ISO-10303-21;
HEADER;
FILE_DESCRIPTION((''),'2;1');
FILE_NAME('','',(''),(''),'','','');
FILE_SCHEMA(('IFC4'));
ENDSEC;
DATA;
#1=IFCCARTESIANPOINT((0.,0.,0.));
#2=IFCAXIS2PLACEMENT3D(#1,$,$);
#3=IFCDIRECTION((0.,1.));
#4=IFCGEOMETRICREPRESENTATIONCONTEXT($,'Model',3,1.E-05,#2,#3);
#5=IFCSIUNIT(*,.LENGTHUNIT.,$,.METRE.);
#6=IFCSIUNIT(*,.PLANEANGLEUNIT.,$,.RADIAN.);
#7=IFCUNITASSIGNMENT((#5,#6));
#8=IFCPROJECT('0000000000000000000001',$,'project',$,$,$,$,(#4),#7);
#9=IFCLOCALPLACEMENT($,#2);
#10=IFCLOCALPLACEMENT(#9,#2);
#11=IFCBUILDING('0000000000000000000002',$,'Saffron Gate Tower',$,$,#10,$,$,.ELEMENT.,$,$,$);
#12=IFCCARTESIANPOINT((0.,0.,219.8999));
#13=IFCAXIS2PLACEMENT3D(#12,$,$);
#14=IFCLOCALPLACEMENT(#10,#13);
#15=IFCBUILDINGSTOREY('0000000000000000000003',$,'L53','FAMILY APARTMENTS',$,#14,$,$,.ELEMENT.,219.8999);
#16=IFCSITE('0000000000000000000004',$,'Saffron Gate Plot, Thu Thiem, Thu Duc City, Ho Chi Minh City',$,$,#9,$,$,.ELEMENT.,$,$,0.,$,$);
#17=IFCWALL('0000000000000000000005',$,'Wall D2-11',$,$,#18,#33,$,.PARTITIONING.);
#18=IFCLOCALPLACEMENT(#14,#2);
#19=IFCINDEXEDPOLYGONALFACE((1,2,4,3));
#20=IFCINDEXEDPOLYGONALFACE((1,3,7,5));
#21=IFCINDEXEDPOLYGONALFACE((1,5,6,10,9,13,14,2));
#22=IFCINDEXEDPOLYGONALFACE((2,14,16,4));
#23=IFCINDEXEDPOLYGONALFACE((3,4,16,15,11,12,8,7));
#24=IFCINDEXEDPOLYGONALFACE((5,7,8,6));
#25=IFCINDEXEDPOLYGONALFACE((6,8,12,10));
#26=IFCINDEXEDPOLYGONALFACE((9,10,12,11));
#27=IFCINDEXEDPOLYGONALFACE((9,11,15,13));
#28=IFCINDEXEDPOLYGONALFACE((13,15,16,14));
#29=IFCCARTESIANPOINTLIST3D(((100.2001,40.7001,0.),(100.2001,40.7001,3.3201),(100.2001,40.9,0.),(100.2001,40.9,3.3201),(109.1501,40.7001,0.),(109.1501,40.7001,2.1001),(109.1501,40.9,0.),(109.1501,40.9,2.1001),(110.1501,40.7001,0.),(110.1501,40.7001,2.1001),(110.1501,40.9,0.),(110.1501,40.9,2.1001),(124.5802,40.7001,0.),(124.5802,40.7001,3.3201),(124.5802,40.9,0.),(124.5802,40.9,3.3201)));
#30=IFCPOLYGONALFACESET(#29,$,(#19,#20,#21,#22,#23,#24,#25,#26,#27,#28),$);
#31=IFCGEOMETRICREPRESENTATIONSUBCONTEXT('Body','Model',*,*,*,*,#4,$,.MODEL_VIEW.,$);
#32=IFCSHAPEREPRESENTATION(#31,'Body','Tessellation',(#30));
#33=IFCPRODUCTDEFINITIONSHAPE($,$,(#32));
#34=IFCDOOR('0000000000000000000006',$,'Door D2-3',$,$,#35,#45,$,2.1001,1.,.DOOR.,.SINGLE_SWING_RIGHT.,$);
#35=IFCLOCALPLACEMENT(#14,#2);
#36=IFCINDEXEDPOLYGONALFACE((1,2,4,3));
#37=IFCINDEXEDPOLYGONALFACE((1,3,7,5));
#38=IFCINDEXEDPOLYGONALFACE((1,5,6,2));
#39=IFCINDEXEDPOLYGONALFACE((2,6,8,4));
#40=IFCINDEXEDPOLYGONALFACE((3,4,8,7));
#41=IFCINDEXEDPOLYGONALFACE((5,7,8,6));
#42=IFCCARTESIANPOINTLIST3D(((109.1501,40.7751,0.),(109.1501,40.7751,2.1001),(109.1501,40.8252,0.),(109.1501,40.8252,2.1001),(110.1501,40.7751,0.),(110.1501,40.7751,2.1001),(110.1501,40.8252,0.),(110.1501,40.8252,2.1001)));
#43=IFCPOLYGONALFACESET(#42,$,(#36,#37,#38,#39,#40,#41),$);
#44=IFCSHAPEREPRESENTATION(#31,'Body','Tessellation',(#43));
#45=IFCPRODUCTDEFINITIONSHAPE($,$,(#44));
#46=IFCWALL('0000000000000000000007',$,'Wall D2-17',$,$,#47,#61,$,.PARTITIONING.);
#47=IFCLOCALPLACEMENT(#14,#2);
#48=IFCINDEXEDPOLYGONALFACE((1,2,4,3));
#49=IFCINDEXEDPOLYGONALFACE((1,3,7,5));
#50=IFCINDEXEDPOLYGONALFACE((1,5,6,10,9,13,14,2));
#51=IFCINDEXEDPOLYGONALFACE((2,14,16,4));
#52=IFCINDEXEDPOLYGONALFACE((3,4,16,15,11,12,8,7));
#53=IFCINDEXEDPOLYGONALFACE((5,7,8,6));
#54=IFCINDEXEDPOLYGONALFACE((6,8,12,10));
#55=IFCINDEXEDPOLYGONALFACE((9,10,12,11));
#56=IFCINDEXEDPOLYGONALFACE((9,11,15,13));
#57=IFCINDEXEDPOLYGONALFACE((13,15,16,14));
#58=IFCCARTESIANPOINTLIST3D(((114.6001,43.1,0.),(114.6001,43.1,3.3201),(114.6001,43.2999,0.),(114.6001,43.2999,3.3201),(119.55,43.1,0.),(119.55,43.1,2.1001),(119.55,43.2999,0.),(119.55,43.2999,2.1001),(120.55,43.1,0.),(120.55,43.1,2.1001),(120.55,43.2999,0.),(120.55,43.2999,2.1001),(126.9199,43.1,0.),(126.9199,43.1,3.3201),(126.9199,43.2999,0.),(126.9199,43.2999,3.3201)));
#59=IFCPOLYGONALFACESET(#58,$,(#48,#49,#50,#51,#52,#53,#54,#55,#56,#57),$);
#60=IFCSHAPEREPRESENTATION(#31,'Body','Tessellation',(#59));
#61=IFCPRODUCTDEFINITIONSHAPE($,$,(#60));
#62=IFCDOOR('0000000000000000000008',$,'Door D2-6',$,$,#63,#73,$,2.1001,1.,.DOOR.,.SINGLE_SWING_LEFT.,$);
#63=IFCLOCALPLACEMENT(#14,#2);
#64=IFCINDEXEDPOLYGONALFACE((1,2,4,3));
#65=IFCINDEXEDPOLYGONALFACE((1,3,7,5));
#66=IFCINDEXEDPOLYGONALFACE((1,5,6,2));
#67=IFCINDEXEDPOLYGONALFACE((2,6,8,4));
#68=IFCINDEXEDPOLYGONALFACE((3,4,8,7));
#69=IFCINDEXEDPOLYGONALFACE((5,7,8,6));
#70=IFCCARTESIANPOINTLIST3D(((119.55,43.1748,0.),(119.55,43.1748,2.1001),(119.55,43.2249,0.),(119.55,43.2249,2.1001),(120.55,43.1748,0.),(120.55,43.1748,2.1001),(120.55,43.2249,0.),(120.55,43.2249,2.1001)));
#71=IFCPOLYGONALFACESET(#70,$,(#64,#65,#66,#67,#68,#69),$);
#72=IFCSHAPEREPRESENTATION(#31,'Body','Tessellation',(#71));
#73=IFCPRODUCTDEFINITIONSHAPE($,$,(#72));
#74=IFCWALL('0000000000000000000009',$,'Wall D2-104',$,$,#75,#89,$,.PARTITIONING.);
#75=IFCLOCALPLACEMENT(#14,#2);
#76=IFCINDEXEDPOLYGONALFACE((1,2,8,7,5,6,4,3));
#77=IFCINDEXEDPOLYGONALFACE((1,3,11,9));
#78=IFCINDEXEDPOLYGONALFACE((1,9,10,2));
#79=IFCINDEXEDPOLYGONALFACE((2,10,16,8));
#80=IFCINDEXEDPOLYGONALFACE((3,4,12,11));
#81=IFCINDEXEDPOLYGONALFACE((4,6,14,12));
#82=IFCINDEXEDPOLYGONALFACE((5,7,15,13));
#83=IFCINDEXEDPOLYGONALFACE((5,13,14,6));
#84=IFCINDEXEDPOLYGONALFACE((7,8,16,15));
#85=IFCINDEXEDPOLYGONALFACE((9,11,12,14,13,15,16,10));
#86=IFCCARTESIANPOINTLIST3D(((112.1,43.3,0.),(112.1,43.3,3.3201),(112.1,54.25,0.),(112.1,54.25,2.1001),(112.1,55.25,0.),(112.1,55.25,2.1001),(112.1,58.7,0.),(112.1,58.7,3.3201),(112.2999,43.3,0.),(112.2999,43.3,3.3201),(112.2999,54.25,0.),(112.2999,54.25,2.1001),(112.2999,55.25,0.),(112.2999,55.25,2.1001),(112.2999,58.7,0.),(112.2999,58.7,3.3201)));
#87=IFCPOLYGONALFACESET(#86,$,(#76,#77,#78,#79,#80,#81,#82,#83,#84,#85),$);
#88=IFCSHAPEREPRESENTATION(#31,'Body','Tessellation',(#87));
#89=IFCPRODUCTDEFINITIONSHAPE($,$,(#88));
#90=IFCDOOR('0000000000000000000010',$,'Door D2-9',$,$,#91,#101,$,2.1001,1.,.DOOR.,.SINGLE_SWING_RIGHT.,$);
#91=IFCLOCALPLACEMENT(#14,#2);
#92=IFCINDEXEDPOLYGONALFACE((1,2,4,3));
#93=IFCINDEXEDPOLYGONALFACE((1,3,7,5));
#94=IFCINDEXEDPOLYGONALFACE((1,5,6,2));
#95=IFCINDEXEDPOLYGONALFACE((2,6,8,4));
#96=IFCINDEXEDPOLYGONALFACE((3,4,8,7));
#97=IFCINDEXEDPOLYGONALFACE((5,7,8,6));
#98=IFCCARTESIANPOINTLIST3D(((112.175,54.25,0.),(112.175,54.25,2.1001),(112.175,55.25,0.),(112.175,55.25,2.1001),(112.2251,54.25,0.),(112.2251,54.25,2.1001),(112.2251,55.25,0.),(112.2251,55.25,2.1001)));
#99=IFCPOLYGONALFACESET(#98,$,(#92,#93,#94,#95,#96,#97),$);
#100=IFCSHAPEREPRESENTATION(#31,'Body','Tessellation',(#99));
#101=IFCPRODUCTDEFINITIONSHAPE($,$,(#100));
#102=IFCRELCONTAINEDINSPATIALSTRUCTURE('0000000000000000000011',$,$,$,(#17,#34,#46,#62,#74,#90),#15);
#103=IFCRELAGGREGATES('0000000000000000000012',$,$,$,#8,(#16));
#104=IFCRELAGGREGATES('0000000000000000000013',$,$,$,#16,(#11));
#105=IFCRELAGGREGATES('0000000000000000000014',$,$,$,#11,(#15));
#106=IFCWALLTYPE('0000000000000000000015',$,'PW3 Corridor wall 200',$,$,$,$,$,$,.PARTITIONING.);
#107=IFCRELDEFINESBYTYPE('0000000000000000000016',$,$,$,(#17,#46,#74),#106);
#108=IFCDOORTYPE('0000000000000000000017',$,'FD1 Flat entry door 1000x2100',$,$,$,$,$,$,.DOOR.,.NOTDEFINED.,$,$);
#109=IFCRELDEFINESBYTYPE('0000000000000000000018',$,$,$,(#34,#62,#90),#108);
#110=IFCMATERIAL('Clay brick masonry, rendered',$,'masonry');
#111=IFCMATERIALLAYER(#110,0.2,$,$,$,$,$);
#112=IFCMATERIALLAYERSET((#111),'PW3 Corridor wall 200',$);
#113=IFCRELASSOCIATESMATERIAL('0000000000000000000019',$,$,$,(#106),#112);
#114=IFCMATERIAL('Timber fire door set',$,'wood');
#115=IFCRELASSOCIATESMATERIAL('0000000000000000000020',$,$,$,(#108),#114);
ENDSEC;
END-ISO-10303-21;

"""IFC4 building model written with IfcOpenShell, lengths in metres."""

from ifc_helpers import new_model, si_unit, direction, frame, frame_2d, origin, place, context, subcontext, project, spatial, rectangle, extrude, material, layer, layer_set, type_object, element, fill, save


model = new_model("IFC4")

# Units and contexts
model_context = context("Model", 3, precision=1e-05, world=origin(), true_north=direction((0.0, 1.0)))
body_context = subcontext(model_context, "Body", "Model", "MODEL_VIEW")
ifc_project = project(units=[si_unit("LENGTHUNIT", "METRE"), si_unit("PLANEANGLEUNIT", "RADIAN")], contexts=[model_context])

# Site, building, storey
site_placement = place(None, origin())
site = spatial("IfcSite", under=ifc_project, at=site_placement, Name="Saffron Gate Plot, Thu Thiem, Thu Duc City, Ho Chi Minh City", CompositionType="ELEMENT", RefElevation=0.0)
building_placement = place(site_placement, origin())
building = spatial("IfcBuilding", under=site, at=building_placement, Name="Saffron Gate Tower", CompositionType="ELEMENT")
storey_placement = place(building_placement, frame((0.0, 0.0, 219.8999)))
storey = spatial("IfcBuildingStorey", under=building, at=storey_placement, Name="L53", Description="FAMILY APARTMENTS", CompositionType="ELEMENT", Elevation=219.8999)

# Walls, openings, doors
ifc_material_1 = material(Name="Clay brick masonry, rendered", Category="masonry")
ifc_layer_1 = layer(ifc_material_1, 0.2)
ifc_layer_set_1 = layer_set([ifc_layer_1], Name="PW3 Corridor wall 200")
wall_type_1 = type_object("IfcWallType", Name="PW3 Corridor wall 200", PredefinedType="PARTITIONING", material=ifc_layer_set_1)
wall_1_placement = place(storey_placement, frame((124.5801, 40.8, 0.0), z_axis=(0.0, 0.0, 1.0), x_axis=(-1.0, 0.0, 0.0)))
wall_1 = element("IfcWall", 1, at=wall_1_placement, inside=storey, type_object=wall_type_1, Name="Wall D2-11", PredefinedType="PARTITIONING", context=body_context, shape_type="SweptSolid", body=[
    extrude(rectangle(XDim=24.3801, YDim=0.2, at=frame_2d((12.1899, 0.0))), origin(), (0.0, 0.0, 1.0), 3.3201),
])
opening_1_placement = place(wall_1_placement, frame((14.4299, 0.0, 0.0)))
opening_1 = element("IfcOpeningElement", 2, at=opening_1_placement, cuts=wall_1, PredefinedType="OPENING", context=body_context, shape_type="SweptSolid", body=[
    extrude(rectangle(XDim=1.0, YDim=2.1001, at=frame_2d((0.5, 1.05))), frame((0.0, 0.1099, 0.0), z_axis=(0.0, -1.0, 0.0), x_axis=(1.0, 0.0, 0.0)), (0.0, 0.0, 1.0), 0.22),
])
ifc_material_2 = material(Name="Timber fire door set", Category="wood")
door_type_1 = type_object("IfcDoorType", Name="FD1 Flat entry door 1000x2100", OperationType="NOTDEFINED", PredefinedType="DOOR", material=ifc_material_2)
door_1_placement = place(opening_1_placement, origin())
door_1 = element("IfcDoor", 3, at=door_1_placement, inside=storey, type_object=door_type_1, Name="Door D2-3", OperationType="SINGLE_SWING_RIGHT", OverallHeight=2.1001, OverallWidth=1.0, PredefinedType="DOOR", context=body_context, shape_type="SweptSolid", body=[
    extrude(rectangle(XDim=1.0, YDim=2.1001, at=frame_2d((0.5, 1.05))), frame((0.0, 0.0249, 0.0), z_axis=(0.0, -1.0, 0.0), x_axis=(1.0, 0.0, 0.0)), (0.0, 0.0, 1.0), 0.05),
])
fill(opening_1, door_1)
wall_2_placement = place(storey_placement, frame((114.6001, 43.2, 0.0), z_axis=(0.0, 0.0, 1.0), x_axis=(1.0, 0.0, 0.0)))
wall_2 = element("IfcWall", 4, at=wall_2_placement, inside=storey, type_object=wall_type_1, Name="Wall D2-17", PredefinedType="PARTITIONING", context=body_context, shape_type="SweptSolid", body=[
    extrude(rectangle(XDim=12.3198, YDim=0.2, at=frame_2d((6.1599, 0.0))), origin(), (0.0, 0.0, 1.0), 3.3201),
])
opening_2_placement = place(wall_2_placement, frame((4.95, 0.0, 0.0)))
opening_2 = element("IfcOpeningElement", 5, at=opening_2_placement, cuts=wall_2, PredefinedType="OPENING", context=body_context, shape_type="SweptSolid", body=[
    extrude(rectangle(XDim=1.0, YDim=2.1001, at=frame_2d((0.5, 1.05))), frame((0.0, 0.1099, 0.0), z_axis=(0.0, -1.0, 0.0), x_axis=(1.0, 0.0, 0.0)), (0.0, 0.0, 1.0), 0.22),
])
door_2_placement = place(opening_2_placement, origin())
door_2 = element("IfcDoor", 6, at=door_2_placement, inside=storey, type_object=door_type_1, Name="Door D2-6", OperationType="SINGLE_SWING_LEFT", OverallHeight=2.1001, OverallWidth=1.0, PredefinedType="DOOR", context=body_context, shape_type="SweptSolid", body=[
    extrude(rectangle(XDim=1.0, YDim=2.1001, at=frame_2d((0.5, 1.05))), frame((0.0, 0.0249, 0.0), z_axis=(0.0, -1.0, 0.0), x_axis=(1.0, 0.0, 0.0)), (0.0, 0.0, 1.0), 0.05),
])
fill(opening_2, door_2)
wall_3_placement = place(storey_placement, frame((112.2, 43.3, 0.0), z_axis=(0.0, 0.0, 1.0), x_axis=(0.0, 1.0, 0.0)))
wall_3 = element("IfcWall", 7, at=wall_3_placement, inside=storey, type_object=wall_type_1, Name="Wall D2-104", PredefinedType="PARTITIONING", context=body_context, shape_type="SweptSolid", body=[
    extrude(rectangle(XDim=15.3999, YDim=0.2, at=frame_2d((7.7, 0.0))), origin(), (0.0, 0.0, 1.0), 3.3201),
])
opening_3_placement = place(wall_3_placement, frame((10.95, 0.0, 0.0)))
opening_3 = element("IfcOpeningElement", 8, at=opening_3_placement, cuts=wall_3, PredefinedType="OPENING", context=body_context, shape_type="SweptSolid", body=[
    extrude(rectangle(XDim=1.0, YDim=2.1001, at=frame_2d((0.5, 1.05))), frame((0.0, 0.1099, 0.0), z_axis=(0.0, -1.0, 0.0), x_axis=(1.0, 0.0, 0.0)), (0.0, 0.0, 1.0), 0.22),
])
door_3_placement = place(opening_3_placement, origin())
door_3 = element("IfcDoor", 9, at=door_3_placement, inside=storey, type_object=door_type_1, Name="Door D2-9", OperationType="SINGLE_SWING_RIGHT", OverallHeight=2.1001, OverallWidth=1.0, PredefinedType="DOOR", context=body_context, shape_type="SweptSolid", body=[
    extrude(rectangle(XDim=1.0, YDim=2.1001, at=frame_2d((0.5, 1.05))), frame((0.0, 0.0249, 0.0), z_axis=(0.0, -1.0, 0.0), x_axis=(1.0, 0.0, 0.0)), (0.0, 0.0, 1.0), 0.05),
])
fill(opening_3, door_3)

save(model, "model.ifc")
